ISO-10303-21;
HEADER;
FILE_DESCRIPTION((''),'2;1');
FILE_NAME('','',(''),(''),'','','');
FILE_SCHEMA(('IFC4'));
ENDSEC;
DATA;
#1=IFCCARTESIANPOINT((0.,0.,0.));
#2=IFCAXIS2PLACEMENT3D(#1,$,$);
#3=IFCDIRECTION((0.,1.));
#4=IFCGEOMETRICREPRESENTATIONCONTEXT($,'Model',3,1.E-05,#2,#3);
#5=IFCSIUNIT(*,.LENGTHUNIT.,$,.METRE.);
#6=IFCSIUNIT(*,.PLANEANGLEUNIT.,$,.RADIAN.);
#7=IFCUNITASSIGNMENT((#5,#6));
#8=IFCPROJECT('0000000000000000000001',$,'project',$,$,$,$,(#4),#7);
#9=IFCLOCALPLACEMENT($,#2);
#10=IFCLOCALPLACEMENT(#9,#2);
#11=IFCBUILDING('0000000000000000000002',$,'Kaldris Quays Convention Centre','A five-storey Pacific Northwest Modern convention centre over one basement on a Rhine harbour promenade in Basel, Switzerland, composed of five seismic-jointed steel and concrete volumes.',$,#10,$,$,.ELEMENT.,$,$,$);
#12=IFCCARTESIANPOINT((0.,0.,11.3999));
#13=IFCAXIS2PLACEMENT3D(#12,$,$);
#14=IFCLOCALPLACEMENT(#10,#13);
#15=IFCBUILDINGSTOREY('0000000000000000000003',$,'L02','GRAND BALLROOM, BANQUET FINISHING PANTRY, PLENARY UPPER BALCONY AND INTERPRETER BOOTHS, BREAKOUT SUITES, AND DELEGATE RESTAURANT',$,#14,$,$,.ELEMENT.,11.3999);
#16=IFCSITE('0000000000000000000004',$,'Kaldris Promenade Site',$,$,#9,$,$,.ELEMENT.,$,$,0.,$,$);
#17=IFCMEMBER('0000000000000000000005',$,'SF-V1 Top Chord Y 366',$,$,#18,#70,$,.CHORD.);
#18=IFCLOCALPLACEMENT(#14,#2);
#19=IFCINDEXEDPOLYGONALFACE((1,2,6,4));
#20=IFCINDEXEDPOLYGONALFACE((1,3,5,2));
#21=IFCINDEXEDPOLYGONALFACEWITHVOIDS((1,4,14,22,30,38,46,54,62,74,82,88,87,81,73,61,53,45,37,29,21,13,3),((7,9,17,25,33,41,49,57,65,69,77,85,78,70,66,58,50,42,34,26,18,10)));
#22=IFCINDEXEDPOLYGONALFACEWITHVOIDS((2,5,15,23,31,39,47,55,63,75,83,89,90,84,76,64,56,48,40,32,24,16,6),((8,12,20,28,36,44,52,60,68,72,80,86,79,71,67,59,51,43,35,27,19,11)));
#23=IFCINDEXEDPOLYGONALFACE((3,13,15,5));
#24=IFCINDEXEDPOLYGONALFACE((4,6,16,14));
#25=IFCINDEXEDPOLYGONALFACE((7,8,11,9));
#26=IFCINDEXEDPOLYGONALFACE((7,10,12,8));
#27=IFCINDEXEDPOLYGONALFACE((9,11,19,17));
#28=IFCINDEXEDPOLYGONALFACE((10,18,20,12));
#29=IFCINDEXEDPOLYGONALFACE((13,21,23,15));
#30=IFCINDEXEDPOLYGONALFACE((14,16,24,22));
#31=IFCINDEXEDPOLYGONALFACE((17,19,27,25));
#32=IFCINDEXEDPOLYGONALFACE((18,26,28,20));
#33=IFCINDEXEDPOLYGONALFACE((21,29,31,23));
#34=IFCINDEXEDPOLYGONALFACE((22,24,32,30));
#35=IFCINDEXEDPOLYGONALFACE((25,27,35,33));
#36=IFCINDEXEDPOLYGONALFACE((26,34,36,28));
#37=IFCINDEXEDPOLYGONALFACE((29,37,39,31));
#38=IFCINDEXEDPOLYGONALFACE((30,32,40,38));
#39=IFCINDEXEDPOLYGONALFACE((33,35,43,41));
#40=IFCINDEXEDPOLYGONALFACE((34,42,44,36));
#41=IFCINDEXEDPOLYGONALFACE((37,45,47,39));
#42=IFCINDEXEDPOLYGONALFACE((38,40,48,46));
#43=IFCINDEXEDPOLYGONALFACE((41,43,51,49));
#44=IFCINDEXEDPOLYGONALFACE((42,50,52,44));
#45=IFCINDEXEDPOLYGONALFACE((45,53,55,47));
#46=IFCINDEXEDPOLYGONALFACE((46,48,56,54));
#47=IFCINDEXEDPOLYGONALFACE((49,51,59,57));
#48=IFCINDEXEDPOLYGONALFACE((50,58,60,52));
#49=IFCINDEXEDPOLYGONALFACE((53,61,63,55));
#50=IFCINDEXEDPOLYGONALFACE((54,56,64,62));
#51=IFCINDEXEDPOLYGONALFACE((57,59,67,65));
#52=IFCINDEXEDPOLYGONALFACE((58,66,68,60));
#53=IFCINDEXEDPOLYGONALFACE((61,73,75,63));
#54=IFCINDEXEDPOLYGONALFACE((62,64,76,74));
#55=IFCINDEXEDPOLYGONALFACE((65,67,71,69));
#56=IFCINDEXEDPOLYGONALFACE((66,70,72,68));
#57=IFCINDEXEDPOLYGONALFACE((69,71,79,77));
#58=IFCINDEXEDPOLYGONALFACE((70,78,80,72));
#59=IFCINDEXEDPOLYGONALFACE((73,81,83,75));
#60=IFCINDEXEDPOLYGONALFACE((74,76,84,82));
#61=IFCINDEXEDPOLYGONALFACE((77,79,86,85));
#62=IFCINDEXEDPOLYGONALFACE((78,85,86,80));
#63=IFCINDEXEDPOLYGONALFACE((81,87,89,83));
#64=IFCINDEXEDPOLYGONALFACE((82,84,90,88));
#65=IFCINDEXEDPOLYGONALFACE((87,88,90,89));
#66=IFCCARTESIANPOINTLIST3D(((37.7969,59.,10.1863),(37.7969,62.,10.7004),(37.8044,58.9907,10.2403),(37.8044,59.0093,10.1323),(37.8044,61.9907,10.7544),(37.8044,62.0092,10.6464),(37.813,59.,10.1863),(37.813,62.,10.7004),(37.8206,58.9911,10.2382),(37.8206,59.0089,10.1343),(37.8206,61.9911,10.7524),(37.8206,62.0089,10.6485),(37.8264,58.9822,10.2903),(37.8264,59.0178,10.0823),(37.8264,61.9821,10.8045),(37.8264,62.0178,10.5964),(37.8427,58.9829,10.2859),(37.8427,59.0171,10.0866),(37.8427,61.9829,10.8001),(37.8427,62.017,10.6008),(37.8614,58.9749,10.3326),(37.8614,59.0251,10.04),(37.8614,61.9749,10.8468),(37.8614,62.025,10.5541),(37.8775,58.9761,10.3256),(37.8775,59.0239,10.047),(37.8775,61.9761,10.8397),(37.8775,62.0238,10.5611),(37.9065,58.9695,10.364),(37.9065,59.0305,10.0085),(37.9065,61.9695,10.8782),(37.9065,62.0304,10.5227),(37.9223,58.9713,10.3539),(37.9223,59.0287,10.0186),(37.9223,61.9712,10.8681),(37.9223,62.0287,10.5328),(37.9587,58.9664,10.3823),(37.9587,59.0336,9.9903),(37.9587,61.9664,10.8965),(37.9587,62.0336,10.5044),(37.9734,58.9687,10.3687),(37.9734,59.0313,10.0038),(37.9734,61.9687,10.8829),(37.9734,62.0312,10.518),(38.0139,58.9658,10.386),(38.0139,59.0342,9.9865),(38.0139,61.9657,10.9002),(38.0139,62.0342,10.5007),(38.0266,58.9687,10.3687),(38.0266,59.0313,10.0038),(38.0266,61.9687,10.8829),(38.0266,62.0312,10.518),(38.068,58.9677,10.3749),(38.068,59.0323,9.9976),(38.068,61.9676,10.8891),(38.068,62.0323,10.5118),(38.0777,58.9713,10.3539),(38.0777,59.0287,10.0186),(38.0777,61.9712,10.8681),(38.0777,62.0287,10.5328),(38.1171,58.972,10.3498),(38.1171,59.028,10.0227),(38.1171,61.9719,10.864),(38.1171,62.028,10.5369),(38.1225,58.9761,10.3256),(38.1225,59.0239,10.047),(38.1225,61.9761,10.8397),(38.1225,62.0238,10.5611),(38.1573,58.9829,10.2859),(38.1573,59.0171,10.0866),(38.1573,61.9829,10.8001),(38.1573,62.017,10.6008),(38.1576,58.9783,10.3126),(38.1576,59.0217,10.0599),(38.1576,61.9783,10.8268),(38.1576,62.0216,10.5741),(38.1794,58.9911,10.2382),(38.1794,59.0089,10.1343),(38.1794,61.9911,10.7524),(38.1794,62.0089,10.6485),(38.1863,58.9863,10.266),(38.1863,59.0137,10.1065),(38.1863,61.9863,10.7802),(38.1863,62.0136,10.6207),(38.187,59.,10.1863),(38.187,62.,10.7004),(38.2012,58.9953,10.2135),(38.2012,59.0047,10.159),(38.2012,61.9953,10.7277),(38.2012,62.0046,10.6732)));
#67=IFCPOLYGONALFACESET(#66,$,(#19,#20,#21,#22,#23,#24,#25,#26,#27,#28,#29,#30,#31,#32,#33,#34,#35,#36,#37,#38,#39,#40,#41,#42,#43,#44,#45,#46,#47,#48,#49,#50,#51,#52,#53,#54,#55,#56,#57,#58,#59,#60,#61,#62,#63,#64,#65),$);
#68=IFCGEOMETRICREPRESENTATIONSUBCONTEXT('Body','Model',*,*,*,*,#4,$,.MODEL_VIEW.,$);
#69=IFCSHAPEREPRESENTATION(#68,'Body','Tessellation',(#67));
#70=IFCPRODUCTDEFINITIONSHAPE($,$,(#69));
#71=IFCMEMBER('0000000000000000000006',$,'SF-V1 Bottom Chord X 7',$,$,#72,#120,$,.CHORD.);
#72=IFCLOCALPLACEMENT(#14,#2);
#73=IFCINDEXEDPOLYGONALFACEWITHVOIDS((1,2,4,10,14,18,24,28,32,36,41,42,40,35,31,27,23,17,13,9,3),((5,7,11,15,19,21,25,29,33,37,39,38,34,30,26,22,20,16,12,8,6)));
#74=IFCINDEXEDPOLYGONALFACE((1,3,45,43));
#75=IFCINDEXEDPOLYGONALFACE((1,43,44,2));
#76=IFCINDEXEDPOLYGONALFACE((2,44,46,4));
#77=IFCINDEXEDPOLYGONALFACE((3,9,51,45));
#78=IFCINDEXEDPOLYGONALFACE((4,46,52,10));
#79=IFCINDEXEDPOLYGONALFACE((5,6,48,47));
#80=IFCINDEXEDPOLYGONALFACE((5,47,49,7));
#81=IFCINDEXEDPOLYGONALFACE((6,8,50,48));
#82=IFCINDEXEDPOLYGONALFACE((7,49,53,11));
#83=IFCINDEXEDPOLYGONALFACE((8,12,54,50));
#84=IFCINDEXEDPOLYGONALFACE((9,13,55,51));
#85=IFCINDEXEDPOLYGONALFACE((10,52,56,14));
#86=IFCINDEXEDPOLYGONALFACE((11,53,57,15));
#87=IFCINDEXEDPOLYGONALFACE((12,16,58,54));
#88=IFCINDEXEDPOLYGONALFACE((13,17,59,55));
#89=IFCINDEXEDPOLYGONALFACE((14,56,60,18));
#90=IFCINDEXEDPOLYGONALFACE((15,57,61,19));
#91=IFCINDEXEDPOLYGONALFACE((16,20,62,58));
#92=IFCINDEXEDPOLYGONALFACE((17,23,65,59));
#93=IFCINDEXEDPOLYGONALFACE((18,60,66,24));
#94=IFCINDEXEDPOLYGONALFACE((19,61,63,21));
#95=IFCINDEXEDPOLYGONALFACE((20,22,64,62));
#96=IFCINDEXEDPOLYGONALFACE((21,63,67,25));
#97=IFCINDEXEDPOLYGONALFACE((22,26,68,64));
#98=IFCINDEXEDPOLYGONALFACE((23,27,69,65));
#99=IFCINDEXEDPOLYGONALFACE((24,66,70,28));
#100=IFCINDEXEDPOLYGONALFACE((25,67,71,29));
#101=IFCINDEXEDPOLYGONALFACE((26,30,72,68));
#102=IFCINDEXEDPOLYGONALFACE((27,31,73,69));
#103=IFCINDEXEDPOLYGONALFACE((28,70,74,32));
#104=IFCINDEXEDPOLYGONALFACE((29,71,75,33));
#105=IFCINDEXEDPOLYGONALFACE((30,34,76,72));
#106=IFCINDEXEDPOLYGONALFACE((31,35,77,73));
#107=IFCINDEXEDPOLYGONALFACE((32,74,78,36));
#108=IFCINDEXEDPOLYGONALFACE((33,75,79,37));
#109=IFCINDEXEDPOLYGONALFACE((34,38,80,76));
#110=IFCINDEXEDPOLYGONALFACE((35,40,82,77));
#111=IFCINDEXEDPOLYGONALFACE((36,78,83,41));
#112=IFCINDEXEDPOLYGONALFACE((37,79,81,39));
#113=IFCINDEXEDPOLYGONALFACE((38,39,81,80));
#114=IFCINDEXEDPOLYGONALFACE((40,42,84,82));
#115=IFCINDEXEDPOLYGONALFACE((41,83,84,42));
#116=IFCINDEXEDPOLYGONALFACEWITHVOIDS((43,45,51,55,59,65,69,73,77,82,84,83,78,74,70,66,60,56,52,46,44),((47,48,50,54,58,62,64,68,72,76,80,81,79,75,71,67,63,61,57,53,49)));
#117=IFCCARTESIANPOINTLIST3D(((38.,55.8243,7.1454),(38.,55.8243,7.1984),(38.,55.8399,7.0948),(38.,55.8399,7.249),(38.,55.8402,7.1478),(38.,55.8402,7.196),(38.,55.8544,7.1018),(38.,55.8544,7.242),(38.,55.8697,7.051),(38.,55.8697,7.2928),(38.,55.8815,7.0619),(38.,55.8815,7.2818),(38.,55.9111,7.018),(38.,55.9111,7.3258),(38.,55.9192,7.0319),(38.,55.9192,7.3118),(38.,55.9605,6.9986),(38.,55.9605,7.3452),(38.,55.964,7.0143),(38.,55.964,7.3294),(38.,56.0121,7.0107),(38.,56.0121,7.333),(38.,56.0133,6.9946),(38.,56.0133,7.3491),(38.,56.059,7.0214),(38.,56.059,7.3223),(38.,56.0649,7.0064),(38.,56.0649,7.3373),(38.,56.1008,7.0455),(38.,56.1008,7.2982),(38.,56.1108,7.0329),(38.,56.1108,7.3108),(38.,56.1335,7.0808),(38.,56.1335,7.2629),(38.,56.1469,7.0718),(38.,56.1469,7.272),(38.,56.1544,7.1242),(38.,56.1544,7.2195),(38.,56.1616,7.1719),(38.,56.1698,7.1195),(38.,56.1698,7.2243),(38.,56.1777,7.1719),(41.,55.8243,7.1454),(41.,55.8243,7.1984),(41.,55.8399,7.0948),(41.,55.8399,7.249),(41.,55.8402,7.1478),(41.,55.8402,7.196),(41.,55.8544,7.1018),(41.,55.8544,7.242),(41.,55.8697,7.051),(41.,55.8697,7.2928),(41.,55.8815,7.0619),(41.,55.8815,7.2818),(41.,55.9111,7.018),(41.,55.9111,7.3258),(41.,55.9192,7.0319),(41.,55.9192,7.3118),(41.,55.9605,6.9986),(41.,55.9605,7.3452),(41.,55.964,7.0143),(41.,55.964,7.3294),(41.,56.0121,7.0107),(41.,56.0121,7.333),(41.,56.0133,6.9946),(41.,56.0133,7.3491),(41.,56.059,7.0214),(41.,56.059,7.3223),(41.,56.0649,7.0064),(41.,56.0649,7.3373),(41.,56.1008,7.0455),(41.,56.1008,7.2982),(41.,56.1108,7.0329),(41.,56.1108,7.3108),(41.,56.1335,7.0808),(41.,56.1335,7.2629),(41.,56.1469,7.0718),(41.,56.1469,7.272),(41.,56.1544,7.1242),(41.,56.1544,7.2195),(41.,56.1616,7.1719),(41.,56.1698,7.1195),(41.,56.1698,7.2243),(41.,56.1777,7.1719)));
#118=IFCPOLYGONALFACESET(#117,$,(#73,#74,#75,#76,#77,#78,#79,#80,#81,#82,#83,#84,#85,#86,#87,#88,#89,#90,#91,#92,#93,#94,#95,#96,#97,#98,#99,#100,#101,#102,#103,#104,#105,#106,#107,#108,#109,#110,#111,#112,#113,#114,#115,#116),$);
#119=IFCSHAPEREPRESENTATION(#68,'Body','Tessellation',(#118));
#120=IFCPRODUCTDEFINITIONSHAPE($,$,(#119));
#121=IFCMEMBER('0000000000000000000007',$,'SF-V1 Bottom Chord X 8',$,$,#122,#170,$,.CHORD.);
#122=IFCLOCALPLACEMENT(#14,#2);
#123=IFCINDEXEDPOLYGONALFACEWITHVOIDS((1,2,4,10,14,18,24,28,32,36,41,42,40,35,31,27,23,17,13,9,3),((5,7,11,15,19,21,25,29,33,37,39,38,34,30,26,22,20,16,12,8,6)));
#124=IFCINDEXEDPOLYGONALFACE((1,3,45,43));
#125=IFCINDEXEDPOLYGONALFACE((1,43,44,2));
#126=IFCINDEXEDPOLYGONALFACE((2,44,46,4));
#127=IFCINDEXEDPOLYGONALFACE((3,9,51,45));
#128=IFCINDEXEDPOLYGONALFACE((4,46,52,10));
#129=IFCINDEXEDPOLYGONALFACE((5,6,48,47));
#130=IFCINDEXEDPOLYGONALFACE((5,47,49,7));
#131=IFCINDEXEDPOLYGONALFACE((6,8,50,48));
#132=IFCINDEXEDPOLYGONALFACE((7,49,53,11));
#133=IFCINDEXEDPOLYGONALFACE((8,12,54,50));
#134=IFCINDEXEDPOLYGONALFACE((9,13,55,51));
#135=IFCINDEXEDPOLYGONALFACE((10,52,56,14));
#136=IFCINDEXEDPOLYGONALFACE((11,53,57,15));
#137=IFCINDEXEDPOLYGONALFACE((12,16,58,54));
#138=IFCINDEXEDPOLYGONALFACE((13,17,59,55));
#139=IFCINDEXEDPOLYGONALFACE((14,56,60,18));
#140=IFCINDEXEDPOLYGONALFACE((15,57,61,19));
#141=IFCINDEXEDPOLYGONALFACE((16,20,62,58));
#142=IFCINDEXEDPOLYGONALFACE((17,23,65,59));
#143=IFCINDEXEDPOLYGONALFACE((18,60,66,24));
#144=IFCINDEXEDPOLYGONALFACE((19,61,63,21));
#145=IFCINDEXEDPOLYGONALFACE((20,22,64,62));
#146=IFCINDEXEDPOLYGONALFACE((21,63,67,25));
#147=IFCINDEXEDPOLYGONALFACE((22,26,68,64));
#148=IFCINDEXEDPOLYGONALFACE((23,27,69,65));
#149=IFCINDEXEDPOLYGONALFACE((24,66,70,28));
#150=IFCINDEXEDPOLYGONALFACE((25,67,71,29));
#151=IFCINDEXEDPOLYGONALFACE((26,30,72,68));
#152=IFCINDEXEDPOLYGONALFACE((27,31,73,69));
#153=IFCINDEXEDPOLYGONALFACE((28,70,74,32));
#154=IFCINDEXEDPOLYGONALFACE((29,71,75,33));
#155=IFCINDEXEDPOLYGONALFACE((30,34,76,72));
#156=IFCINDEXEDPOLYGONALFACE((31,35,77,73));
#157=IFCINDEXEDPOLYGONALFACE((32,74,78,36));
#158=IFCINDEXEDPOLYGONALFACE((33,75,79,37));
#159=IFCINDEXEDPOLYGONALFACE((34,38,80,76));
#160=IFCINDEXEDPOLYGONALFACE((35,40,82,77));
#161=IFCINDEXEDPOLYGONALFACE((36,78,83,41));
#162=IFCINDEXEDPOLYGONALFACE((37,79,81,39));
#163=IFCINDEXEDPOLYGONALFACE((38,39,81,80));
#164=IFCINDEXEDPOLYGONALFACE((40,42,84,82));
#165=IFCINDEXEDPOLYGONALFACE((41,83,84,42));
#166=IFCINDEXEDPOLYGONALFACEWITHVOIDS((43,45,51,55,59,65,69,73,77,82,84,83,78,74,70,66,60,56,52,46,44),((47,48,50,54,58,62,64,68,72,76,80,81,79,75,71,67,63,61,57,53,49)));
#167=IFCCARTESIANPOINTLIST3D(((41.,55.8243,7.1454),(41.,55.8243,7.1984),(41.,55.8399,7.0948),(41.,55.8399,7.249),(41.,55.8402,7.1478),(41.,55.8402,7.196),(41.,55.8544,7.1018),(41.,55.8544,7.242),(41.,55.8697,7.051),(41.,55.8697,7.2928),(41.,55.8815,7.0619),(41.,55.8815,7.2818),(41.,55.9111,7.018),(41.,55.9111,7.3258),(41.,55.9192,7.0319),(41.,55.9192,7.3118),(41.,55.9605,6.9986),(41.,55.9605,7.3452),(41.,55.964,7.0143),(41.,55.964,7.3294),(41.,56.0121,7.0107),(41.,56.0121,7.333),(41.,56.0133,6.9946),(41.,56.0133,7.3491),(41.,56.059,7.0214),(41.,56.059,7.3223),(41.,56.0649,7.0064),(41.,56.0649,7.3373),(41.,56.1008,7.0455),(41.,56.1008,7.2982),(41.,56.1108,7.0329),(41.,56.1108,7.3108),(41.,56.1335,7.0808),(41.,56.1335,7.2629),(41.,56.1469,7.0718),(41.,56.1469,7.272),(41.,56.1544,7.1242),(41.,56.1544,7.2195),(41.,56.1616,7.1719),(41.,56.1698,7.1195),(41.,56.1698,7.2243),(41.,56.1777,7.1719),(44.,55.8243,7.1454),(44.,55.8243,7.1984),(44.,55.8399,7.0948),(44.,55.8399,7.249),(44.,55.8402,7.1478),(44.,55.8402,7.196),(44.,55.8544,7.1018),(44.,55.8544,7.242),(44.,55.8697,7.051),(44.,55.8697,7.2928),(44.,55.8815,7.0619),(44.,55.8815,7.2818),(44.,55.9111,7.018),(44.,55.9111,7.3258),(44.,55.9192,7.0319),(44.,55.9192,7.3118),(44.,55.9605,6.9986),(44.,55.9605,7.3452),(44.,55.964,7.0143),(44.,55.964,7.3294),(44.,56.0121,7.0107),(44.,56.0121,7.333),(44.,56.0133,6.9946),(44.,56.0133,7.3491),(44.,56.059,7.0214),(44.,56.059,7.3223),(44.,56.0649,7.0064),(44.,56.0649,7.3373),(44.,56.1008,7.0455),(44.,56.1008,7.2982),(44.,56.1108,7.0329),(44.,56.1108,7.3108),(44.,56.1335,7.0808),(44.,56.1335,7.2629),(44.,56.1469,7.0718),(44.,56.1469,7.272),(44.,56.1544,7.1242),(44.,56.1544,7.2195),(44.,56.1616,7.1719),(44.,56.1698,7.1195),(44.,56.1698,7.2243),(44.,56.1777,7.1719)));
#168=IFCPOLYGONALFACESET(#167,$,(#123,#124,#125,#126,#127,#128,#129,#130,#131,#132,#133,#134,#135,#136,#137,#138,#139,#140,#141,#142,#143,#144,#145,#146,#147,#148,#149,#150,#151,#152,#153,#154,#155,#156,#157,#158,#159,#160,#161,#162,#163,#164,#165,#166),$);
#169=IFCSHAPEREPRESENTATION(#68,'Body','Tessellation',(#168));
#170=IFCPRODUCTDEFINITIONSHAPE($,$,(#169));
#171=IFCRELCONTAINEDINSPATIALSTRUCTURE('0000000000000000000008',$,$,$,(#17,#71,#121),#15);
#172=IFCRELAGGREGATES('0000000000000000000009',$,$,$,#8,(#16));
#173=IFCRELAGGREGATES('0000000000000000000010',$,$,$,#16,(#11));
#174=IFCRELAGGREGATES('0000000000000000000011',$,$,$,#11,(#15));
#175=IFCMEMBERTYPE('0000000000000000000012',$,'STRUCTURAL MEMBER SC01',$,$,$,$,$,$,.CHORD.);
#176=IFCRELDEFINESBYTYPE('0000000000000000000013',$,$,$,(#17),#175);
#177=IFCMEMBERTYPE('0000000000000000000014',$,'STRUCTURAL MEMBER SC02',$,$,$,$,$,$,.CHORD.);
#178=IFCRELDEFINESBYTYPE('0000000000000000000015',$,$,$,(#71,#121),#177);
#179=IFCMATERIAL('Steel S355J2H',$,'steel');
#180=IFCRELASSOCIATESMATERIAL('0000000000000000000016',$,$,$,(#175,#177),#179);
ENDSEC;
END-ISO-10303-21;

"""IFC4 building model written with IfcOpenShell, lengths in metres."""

from ifc_helpers import new_model, si_unit, direction, frame, origin, origin_2d, place, context, subcontext, project, spatial, hollow_circle, extrude, material, material_profile, profile_set, type_object, element, save


model = new_model("IFC4")

# Units and contexts
model_context = context("Model", 3, precision=1e-05, world=origin(), true_north=direction((0.0, 1.0)))
body_context = subcontext(model_context, "Body", "Model", "MODEL_VIEW")
ifc_project = project(units=[si_unit("LENGTHUNIT", "METRE"), si_unit("PLANEANGLEUNIT", "RADIAN")], contexts=[model_context])

# Site, building, storey
site_placement = place(None, origin())
site = spatial("IfcSite", under=ifc_project, at=site_placement, Name="Kaldris Promenade Site", CompositionType="ELEMENT", RefElevation=0.0)
building_placement = place(site_placement, origin())
building = spatial("IfcBuilding", under=site, at=building_placement, Name="Kaldris Quays Convention Centre", Description="A five-storey Pacific Northwest Modern convention centre over one basement on a Rhine harbour promenade in Basel, Switzerland, composed of five seismic-jointed steel and concrete volumes.", CompositionType="ELEMENT")
storey_placement = place(building_placement, frame((0.0, 0.0, 11.3999)))
storey = spatial("IfcBuildingStorey", under=building, at=storey_placement, Name="L02", Description="GRAND BALLROOM, BANQUET FINISHING PANTRY, PLENARY UPPER BALCONY AND INTERPRETER BOOTHS, BREAKOUT SUITES, AND DELEGATE RESTAURANT", CompositionType="ELEMENT", Elevation=11.3999)

# Members
ifc_material_1 = material(Name="Steel S355J2H", Category="steel")
ifc_material_profile_1 = material_profile(ifc_material_1, hollow_circle(Radius=0.2031, WallThickness=0.0161, at=origin_2d()), Name="CHS 406.4x16")
ifc_profile_set_1 = profile_set([ifc_material_profile_1], Name="Steel S355J2H")
member_type_1 = type_object("IfcMemberType", Name="STRUCTURAL MEMBER SC01", PredefinedType="CHORD", material=ifc_profile_set_1)
for number, where, z_axis, x_axis, name in (
    (1, (38.0, 59.0, 10.1863), (0.0, 0.985629, 0.168924), (-1.0, 0.0, 0.0), "SF-V1 Top Chord Y 366"),
):
    element("IfcMember", number, at=place(storey_placement, frame(where, z_axis=z_axis, x_axis=x_axis)), inside=storey, type_object=member_type_1, Name=name, PredefinedType="CHORD", context=body_context, shape_type="SweptSolid", body=[
        extrude(hollow_circle(Radius=0.2031, WallThickness=0.0161, at=origin_2d()), origin(), (0.0, 0.0, 1.0), 3.0437),
    ])
ifc_material_profile_2 = material_profile(ifc_material_1, hollow_circle(Radius=0.1777, WallThickness=0.0161, at=origin_2d()), Name="CHS 355.6x16")
ifc_profile_set_2 = profile_set([ifc_material_profile_2], Name="Steel S355J2H")
member_type_2 = type_object("IfcMemberType", Name="STRUCTURAL MEMBER SC02", PredefinedType="CHORD", material=ifc_profile_set_2)
for number, where, z_axis, x_axis, name in (
    (2, (38.0, 56.0, 7.1719), (1.0, 0.0, 0.0), (0.0, 1.0, 0.0), "SF-V1 Bottom Chord X 7"),
    (3, (41.0, 56.0, 7.1719), (1.0, 0.0, 0.0), (0.0, 1.0, 0.0), "SF-V1 Bottom Chord X 8"),
):
    element("IfcMember", number, at=place(storey_placement, frame(where, z_axis=z_axis, x_axis=x_axis)), inside=storey, type_object=member_type_2, Name=name, PredefinedType="CHORD", context=body_context, shape_type="SweptSolid", body=[
        extrude(hollow_circle(Radius=0.1777, WallThickness=0.0161, at=origin_2d()), origin(), (0.0, 0.0, 1.0), 3.0),
    ])

save(model, "model.ifc")
